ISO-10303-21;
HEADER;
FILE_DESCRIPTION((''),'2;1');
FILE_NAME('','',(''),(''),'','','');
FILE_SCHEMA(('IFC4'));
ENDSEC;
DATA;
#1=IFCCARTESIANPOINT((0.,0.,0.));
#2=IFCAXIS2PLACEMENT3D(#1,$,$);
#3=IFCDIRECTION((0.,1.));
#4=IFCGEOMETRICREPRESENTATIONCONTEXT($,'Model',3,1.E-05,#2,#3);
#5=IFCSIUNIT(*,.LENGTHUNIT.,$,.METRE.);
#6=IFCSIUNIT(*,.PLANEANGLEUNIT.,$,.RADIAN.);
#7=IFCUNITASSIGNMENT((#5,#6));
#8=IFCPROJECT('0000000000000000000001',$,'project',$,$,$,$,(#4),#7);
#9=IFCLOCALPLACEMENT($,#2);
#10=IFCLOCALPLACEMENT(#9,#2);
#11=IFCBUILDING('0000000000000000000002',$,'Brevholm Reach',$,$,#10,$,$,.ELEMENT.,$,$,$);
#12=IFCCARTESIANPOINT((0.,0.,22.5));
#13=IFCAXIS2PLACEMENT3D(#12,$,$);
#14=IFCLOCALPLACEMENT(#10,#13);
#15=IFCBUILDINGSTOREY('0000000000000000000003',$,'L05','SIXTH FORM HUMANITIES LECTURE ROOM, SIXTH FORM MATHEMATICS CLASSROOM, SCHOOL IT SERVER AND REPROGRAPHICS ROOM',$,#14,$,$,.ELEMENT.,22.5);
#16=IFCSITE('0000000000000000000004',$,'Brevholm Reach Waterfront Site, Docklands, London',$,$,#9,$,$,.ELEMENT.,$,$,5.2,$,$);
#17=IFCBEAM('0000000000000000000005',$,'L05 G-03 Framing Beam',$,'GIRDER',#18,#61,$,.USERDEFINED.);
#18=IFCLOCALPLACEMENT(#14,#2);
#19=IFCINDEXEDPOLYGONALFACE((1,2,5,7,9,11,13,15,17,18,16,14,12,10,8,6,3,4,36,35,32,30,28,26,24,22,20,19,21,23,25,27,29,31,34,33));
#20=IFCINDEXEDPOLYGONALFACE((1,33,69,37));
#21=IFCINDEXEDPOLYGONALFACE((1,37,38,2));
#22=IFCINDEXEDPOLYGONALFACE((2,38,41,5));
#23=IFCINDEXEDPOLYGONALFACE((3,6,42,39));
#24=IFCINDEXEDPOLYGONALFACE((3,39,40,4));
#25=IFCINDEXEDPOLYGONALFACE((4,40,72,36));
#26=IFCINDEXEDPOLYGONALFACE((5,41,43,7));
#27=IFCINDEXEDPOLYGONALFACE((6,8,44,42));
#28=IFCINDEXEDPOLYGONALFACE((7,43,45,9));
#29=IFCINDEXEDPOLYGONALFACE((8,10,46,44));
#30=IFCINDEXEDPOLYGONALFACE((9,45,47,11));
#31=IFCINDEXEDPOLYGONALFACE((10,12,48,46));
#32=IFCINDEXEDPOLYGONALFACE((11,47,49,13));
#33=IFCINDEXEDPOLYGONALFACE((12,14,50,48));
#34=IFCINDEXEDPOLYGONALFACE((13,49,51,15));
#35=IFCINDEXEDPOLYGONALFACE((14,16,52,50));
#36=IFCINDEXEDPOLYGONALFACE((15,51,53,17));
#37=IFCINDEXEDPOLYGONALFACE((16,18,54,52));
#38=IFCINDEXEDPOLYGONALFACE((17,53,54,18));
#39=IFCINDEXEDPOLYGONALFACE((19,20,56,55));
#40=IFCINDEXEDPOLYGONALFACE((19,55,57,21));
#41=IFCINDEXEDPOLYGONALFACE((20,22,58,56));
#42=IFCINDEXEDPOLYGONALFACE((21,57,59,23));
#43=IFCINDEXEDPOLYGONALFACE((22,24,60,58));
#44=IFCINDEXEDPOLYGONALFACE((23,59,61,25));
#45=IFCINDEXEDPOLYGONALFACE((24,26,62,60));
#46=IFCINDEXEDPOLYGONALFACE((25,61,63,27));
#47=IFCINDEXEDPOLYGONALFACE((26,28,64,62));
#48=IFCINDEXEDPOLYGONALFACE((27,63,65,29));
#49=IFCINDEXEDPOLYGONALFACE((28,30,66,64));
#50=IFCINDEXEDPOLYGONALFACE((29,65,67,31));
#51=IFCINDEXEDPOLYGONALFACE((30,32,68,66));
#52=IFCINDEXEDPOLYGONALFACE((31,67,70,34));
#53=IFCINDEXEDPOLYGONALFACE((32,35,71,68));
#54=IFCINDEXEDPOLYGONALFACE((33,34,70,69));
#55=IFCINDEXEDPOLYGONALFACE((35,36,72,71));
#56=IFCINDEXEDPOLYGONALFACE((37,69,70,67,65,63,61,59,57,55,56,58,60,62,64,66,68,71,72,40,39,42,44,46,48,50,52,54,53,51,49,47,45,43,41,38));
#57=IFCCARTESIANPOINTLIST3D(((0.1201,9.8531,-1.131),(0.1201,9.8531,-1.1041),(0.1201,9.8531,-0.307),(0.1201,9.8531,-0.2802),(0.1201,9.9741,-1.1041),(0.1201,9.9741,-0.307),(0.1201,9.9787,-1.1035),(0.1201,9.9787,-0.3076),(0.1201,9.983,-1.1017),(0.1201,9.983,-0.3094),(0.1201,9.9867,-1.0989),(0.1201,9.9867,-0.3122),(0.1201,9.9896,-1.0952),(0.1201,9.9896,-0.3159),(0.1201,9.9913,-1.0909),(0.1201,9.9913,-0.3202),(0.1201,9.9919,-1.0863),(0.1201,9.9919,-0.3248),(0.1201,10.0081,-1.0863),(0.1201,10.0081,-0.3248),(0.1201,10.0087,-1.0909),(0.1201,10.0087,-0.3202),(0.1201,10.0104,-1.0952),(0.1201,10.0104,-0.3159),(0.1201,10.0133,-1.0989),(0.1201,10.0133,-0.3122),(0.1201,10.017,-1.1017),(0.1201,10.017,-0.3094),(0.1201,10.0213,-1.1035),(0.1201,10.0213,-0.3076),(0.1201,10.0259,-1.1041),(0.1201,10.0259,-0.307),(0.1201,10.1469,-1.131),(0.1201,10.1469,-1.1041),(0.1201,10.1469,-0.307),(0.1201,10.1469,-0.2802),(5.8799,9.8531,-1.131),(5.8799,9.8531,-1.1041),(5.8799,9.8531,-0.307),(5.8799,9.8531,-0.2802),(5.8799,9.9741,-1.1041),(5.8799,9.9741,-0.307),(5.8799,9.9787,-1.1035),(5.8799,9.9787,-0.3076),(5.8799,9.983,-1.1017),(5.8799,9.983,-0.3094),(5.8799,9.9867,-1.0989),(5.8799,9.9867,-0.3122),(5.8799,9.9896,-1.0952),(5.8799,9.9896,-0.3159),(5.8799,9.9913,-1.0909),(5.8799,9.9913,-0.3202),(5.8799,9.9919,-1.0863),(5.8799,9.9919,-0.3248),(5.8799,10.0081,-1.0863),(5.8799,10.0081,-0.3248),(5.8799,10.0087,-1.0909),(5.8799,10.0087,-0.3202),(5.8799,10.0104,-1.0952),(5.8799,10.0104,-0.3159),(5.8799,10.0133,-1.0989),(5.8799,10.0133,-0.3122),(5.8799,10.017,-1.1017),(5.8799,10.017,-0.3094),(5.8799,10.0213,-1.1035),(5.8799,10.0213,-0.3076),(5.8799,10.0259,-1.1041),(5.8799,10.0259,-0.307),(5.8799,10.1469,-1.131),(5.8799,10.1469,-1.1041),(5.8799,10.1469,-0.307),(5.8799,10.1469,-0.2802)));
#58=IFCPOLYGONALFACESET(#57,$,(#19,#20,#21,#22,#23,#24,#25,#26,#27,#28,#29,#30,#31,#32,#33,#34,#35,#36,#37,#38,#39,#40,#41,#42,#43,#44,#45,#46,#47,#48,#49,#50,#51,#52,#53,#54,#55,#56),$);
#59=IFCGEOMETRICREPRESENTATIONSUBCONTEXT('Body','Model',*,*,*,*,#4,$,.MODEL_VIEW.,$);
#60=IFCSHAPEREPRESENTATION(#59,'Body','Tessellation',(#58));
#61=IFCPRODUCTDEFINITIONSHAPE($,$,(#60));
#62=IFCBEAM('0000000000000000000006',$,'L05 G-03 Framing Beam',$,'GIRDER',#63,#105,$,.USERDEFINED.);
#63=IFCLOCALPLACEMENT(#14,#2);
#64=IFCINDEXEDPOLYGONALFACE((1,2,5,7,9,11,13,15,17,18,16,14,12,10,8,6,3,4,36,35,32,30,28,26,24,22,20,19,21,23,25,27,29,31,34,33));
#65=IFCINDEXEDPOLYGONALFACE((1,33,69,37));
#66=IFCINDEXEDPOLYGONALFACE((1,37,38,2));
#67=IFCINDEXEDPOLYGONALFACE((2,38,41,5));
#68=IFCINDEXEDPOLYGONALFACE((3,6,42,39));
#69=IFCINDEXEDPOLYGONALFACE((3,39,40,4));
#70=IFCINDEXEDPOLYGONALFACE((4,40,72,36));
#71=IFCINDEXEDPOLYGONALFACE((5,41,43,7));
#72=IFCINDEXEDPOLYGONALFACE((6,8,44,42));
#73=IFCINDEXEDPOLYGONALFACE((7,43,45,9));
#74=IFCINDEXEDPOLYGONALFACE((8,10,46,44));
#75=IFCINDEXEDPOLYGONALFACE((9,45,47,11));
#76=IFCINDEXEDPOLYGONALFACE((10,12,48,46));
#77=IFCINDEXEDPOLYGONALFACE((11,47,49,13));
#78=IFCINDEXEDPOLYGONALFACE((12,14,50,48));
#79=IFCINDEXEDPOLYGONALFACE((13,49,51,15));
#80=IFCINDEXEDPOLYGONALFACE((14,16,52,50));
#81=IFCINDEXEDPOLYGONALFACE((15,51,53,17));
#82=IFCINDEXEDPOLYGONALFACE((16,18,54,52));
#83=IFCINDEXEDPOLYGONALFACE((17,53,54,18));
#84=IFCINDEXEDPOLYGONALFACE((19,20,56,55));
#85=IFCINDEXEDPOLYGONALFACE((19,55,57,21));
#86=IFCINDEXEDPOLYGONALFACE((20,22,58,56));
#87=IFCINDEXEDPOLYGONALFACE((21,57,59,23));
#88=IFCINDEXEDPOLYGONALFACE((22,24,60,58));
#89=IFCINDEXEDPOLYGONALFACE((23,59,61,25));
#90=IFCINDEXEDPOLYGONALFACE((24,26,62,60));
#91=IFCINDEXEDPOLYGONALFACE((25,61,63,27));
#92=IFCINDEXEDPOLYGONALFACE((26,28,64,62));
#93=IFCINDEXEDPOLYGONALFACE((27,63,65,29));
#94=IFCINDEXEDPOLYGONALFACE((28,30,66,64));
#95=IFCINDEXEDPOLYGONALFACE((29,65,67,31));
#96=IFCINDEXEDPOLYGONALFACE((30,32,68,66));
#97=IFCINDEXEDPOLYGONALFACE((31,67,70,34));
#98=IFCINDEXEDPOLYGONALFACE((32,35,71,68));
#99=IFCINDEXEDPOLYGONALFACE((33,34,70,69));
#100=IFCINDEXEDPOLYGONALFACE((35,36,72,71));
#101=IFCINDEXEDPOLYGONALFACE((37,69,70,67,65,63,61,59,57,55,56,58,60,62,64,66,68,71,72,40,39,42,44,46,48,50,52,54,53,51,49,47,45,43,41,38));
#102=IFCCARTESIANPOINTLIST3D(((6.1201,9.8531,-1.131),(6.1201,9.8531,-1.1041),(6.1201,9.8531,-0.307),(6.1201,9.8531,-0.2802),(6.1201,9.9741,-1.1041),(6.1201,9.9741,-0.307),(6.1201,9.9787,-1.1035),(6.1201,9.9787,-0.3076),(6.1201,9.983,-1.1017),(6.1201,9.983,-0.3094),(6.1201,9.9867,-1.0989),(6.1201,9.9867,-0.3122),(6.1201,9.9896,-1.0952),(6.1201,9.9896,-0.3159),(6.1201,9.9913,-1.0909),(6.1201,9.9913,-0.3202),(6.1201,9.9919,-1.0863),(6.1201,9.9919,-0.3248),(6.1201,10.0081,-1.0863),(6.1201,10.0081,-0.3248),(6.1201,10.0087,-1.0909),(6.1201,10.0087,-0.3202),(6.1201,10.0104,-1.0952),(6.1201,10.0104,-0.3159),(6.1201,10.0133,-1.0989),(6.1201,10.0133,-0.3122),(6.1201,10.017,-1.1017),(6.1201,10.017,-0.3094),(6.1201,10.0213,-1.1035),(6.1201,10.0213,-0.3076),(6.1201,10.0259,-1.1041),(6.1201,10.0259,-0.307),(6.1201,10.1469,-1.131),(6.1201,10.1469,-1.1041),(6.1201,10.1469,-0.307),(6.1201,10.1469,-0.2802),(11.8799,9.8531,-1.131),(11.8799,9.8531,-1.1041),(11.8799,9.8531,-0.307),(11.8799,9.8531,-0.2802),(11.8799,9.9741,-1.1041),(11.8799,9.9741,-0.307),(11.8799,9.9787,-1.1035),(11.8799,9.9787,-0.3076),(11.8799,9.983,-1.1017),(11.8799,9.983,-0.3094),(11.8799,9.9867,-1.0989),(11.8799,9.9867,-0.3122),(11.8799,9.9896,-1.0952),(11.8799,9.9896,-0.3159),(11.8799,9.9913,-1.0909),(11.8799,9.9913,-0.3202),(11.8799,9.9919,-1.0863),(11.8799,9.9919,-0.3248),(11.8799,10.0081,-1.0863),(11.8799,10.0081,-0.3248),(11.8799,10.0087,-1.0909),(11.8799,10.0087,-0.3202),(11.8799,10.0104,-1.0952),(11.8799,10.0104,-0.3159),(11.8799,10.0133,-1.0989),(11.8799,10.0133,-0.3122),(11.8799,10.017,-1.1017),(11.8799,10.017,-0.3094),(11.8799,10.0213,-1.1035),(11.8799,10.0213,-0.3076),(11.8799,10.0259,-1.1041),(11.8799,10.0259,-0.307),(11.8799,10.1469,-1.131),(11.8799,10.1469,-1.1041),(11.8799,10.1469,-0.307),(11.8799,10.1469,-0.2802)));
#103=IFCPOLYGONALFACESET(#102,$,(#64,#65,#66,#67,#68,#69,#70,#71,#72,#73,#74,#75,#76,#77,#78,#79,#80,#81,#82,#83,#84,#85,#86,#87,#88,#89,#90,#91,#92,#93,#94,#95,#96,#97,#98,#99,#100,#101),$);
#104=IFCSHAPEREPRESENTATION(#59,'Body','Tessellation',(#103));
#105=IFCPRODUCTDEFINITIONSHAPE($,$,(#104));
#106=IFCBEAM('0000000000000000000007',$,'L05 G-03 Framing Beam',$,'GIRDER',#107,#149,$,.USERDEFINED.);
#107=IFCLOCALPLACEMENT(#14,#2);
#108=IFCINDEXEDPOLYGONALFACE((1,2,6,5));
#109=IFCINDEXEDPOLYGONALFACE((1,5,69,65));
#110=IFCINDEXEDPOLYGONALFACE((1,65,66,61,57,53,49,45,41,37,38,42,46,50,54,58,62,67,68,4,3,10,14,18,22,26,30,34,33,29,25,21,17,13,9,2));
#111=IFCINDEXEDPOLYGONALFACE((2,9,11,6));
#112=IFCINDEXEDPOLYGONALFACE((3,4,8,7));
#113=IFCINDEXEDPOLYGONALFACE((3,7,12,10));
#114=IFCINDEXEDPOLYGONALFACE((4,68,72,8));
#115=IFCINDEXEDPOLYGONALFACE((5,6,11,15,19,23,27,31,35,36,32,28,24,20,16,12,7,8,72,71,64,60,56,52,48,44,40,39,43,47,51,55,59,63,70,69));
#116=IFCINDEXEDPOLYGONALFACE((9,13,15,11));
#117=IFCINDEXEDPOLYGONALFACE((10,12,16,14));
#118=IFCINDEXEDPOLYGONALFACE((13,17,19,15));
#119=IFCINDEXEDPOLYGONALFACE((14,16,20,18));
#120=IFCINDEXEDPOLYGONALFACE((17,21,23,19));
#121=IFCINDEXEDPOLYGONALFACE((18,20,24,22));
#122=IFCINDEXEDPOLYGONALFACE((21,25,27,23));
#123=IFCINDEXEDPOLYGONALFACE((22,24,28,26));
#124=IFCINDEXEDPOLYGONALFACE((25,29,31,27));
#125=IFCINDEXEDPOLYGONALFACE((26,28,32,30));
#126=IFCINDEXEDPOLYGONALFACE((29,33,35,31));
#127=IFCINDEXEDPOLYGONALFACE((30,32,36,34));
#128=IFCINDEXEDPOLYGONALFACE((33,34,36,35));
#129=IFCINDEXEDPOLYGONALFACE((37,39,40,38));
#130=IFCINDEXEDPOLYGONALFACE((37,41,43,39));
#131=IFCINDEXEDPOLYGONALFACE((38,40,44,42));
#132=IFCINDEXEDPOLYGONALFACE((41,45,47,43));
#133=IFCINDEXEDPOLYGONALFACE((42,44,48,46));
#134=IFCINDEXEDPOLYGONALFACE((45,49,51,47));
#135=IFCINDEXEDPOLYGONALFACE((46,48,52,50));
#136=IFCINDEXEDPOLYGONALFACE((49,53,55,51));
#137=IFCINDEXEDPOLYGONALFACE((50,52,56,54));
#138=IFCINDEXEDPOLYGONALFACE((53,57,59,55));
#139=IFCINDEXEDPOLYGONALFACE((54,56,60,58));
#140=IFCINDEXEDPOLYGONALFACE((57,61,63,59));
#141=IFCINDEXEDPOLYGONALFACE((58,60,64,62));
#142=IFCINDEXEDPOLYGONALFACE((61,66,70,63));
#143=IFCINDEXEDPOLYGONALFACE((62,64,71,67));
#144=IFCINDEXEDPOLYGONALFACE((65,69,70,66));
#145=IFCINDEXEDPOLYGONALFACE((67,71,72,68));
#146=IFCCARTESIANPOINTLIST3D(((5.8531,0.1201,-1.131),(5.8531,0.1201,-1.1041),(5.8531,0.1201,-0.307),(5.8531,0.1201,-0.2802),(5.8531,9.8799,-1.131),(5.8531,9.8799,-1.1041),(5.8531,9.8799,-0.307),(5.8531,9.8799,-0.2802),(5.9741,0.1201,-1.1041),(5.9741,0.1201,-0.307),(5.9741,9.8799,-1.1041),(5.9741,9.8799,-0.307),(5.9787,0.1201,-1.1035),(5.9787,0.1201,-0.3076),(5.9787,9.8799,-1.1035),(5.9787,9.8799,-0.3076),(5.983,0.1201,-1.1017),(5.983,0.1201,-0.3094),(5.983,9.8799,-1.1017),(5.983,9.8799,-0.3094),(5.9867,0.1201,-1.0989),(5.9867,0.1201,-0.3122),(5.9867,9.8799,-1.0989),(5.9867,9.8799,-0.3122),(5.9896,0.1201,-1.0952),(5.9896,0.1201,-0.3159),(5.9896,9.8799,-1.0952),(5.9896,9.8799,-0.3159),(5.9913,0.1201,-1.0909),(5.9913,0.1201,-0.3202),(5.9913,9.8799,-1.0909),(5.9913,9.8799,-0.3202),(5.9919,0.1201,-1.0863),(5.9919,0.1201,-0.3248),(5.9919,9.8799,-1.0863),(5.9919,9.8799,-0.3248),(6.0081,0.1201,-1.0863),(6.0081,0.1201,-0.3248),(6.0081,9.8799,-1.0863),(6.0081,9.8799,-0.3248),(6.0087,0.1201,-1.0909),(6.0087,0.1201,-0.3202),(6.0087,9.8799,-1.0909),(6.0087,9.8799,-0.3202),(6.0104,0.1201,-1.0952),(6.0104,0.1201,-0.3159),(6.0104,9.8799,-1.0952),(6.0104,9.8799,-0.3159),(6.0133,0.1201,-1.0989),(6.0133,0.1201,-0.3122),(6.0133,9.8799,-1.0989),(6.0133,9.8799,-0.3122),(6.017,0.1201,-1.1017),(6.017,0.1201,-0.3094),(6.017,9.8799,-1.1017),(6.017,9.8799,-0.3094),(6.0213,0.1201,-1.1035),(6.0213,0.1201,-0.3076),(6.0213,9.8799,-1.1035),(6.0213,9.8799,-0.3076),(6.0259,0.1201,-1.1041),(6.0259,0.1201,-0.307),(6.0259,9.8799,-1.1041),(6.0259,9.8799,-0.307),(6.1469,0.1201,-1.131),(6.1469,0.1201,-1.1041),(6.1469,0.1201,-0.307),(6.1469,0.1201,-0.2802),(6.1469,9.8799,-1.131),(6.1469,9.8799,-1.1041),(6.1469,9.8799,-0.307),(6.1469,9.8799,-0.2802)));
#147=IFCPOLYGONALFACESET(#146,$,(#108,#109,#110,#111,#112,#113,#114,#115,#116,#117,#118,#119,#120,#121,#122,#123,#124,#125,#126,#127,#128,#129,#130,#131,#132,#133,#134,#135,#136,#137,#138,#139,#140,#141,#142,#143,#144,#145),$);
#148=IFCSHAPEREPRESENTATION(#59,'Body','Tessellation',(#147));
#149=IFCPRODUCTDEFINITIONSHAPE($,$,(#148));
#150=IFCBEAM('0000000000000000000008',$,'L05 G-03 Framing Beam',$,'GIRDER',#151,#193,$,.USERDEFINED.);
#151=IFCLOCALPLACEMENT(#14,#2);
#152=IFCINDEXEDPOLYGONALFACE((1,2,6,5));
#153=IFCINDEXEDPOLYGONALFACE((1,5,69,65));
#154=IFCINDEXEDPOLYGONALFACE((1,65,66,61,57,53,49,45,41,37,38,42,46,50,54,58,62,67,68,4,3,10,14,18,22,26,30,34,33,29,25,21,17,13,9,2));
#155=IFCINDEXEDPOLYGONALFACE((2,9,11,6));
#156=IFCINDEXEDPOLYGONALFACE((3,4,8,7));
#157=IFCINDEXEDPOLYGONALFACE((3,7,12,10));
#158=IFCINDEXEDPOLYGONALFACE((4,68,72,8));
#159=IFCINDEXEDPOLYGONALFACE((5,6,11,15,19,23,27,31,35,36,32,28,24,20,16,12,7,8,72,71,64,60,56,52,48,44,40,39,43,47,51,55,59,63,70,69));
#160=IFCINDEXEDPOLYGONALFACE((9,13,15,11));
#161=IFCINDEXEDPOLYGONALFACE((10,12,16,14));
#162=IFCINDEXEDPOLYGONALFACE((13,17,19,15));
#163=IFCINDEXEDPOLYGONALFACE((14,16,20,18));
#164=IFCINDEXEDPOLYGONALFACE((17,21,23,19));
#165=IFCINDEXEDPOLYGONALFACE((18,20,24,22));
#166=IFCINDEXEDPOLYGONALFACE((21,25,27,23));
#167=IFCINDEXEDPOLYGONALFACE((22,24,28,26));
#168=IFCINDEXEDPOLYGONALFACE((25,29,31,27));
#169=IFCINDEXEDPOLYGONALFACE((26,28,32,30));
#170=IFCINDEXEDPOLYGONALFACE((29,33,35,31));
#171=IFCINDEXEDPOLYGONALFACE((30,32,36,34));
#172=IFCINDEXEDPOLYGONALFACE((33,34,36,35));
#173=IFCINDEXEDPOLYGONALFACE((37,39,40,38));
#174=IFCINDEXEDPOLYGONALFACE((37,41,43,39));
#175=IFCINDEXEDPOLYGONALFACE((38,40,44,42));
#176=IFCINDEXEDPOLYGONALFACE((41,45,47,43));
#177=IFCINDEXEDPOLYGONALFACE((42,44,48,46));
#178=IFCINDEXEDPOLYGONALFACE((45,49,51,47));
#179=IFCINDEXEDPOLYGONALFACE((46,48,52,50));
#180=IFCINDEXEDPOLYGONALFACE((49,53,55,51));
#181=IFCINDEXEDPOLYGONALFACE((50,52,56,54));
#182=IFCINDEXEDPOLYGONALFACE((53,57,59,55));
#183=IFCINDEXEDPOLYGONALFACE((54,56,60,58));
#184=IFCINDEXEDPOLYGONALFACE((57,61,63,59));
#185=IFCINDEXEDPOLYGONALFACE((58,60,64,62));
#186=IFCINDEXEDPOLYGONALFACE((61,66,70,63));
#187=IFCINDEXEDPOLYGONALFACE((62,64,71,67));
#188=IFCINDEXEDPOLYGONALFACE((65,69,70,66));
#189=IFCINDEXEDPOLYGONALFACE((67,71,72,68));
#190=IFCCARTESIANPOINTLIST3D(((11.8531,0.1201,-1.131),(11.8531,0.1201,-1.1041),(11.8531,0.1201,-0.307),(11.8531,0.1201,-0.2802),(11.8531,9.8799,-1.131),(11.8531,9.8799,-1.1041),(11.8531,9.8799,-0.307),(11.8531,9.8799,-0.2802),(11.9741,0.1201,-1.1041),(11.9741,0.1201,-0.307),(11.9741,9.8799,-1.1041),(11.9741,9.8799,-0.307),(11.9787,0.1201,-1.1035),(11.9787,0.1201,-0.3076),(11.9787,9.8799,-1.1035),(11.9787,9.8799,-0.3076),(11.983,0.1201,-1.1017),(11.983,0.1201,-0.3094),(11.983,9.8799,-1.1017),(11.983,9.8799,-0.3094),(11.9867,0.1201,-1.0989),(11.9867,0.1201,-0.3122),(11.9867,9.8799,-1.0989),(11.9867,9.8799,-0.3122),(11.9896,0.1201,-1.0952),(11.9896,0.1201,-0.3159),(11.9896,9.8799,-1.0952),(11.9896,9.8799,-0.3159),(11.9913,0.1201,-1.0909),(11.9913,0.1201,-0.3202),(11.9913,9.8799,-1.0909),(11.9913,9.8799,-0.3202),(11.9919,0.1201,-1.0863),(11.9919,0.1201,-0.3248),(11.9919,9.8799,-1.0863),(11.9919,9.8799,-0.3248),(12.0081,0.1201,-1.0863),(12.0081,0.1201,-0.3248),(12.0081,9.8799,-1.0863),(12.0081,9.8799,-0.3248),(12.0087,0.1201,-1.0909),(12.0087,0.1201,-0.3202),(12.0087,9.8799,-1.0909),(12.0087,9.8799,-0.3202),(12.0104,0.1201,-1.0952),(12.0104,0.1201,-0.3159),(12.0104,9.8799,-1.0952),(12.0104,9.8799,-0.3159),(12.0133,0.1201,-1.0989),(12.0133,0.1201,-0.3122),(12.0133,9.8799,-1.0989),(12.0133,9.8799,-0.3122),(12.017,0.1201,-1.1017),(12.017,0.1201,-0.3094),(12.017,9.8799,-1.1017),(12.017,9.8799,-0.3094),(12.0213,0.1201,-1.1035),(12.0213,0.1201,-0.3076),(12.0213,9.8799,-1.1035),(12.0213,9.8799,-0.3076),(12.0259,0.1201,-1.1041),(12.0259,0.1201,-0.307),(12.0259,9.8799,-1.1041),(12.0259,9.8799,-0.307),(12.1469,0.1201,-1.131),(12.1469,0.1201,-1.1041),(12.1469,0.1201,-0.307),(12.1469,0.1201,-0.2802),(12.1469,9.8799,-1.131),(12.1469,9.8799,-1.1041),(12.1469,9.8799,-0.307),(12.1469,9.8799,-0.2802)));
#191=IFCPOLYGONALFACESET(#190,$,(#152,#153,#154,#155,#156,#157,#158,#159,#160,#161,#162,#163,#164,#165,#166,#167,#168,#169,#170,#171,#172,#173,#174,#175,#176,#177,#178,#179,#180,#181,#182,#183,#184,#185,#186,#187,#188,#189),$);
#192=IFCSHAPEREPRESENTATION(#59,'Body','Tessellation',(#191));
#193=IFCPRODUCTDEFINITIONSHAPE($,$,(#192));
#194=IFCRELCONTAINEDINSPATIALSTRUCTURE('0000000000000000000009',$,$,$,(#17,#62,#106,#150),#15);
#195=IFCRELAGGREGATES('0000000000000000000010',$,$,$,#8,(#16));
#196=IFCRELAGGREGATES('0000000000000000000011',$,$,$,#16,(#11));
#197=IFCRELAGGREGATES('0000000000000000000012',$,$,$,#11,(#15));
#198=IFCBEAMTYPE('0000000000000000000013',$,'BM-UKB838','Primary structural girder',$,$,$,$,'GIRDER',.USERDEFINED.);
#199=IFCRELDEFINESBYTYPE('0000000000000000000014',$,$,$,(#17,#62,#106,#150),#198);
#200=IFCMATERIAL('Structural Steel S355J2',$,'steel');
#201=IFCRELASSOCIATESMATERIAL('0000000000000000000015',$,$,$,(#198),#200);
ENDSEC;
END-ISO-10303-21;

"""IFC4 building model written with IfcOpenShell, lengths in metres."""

from ifc_helpers import new_model, si_unit, direction, frame, origin, origin_2d, place, context, subcontext, project, spatial, i_section, extrude, material, material_profile, profile_set, type_object, element, save


model = new_model("IFC4")

# Units and contexts
model_context = context("Model", 3, precision=1e-05, world=origin(), true_north=direction((0.0, 1.0)))
body_context = subcontext(model_context, "Body", "Model", "MODEL_VIEW")
ifc_project = project(units=[si_unit("LENGTHUNIT", "METRE"), si_unit("PLANEANGLEUNIT", "RADIAN")], contexts=[model_context])

# Site, building, storey
site_placement = place(None, origin())
site = spatial("IfcSite", under=ifc_project, at=site_placement, Name="Brevholm Reach Waterfront Site, Docklands, London", CompositionType="ELEMENT", RefElevation=5.2)
building_placement = place(site_placement, origin())
building = spatial("IfcBuilding", under=site, at=building_placement, Name="Brevholm Reach", CompositionType="ELEMENT")
storey_placement = place(building_placement, frame((0.0, 0.0, 22.5)))
storey = spatial("IfcBuildingStorey", under=building, at=storey_placement, Name="L05", Description="SIXTH FORM HUMANITIES LECTURE ROOM, SIXTH FORM MATHEMATICS CLASSROOM, SCHOOL IT SERVER AND REPROGRAPHICS ROOM", CompositionType="ELEMENT", Elevation=22.5)

# Beams
ifc_material_1 = material(Name="Structural Steel S355J2", Category="steel")
ifc_material_profile_1 = material_profile(ifc_material_1, i_section(OverallWidth=0.2937, OverallDepth=0.8508, WebThickness=0.0161, FlangeThickness=0.0269, FilletRadius=0.0178, at=origin_2d()), Name="UKB 838x292x226")
ifc_profile_set_1 = profile_set([ifc_material_profile_1], Name="Structural Steel S355J2")
beam_type_1 = type_object("IfcBeamType", Name="BM-UKB838", Description="Primary structural girder", ElementType="GIRDER", PredefinedType="USERDEFINED", material=ifc_profile_set_1)
for number, where, z_axis, x_axis, name in (
    (1, (0.1201, 10.0, -0.7056), (1.0, 0.0, 0.0), (0.0, 1.0, 0.0), "L05 G-03 Framing Beam"),
    (2, (6.1201, 10.0, -0.7056), (1.0, 0.0, 0.0), (0.0, 1.0, 0.0), "L05 G-03 Framing Beam"),
):
    element("IfcBeam", number, at=place(storey_placement, frame(where, z_axis=z_axis, x_axis=x_axis)), inside=storey, type_object=beam_type_1, Name=name, ObjectType="GIRDER", PredefinedType="USERDEFINED", context=body_context, shape_type="SweptSolid", body=[
        extrude(i_section(OverallWidth=0.2937, OverallDepth=0.8508, WebThickness=0.0161, FlangeThickness=0.0269, FilletRadius=0.0178, at=origin_2d()), origin(), (0.0, 0.0, 1.0), 5.7598),
    ])
for number, where, z_axis, x_axis, name in (
    (3, (6.0, 0.1201, -0.7056), (0.0, 1.0, 0.0), (-1.0, 0.0, 0.0), "L05 G-03 Framing Beam"),
    (4, (12.0, 0.1201, -0.7056), (0.0, 1.0, 0.0), (-1.0, 0.0, 0.0), "L05 G-03 Framing Beam"),
):
    element("IfcBeam", number, at=place(storey_placement, frame(where, z_axis=z_axis, x_axis=x_axis)), inside=storey, type_object=beam_type_1, Name=name, ObjectType="GIRDER", PredefinedType="USERDEFINED", context=body_context, shape_type="SweptSolid", body=[
        extrude(i_section(OverallWidth=0.2937, OverallDepth=0.8508, WebThickness=0.0161, FlangeThickness=0.0269, FilletRadius=0.0178, at=origin_2d()), origin(), (0.0, 0.0, 1.0), 9.7598),
    ])

save(model, "model.ifc")
